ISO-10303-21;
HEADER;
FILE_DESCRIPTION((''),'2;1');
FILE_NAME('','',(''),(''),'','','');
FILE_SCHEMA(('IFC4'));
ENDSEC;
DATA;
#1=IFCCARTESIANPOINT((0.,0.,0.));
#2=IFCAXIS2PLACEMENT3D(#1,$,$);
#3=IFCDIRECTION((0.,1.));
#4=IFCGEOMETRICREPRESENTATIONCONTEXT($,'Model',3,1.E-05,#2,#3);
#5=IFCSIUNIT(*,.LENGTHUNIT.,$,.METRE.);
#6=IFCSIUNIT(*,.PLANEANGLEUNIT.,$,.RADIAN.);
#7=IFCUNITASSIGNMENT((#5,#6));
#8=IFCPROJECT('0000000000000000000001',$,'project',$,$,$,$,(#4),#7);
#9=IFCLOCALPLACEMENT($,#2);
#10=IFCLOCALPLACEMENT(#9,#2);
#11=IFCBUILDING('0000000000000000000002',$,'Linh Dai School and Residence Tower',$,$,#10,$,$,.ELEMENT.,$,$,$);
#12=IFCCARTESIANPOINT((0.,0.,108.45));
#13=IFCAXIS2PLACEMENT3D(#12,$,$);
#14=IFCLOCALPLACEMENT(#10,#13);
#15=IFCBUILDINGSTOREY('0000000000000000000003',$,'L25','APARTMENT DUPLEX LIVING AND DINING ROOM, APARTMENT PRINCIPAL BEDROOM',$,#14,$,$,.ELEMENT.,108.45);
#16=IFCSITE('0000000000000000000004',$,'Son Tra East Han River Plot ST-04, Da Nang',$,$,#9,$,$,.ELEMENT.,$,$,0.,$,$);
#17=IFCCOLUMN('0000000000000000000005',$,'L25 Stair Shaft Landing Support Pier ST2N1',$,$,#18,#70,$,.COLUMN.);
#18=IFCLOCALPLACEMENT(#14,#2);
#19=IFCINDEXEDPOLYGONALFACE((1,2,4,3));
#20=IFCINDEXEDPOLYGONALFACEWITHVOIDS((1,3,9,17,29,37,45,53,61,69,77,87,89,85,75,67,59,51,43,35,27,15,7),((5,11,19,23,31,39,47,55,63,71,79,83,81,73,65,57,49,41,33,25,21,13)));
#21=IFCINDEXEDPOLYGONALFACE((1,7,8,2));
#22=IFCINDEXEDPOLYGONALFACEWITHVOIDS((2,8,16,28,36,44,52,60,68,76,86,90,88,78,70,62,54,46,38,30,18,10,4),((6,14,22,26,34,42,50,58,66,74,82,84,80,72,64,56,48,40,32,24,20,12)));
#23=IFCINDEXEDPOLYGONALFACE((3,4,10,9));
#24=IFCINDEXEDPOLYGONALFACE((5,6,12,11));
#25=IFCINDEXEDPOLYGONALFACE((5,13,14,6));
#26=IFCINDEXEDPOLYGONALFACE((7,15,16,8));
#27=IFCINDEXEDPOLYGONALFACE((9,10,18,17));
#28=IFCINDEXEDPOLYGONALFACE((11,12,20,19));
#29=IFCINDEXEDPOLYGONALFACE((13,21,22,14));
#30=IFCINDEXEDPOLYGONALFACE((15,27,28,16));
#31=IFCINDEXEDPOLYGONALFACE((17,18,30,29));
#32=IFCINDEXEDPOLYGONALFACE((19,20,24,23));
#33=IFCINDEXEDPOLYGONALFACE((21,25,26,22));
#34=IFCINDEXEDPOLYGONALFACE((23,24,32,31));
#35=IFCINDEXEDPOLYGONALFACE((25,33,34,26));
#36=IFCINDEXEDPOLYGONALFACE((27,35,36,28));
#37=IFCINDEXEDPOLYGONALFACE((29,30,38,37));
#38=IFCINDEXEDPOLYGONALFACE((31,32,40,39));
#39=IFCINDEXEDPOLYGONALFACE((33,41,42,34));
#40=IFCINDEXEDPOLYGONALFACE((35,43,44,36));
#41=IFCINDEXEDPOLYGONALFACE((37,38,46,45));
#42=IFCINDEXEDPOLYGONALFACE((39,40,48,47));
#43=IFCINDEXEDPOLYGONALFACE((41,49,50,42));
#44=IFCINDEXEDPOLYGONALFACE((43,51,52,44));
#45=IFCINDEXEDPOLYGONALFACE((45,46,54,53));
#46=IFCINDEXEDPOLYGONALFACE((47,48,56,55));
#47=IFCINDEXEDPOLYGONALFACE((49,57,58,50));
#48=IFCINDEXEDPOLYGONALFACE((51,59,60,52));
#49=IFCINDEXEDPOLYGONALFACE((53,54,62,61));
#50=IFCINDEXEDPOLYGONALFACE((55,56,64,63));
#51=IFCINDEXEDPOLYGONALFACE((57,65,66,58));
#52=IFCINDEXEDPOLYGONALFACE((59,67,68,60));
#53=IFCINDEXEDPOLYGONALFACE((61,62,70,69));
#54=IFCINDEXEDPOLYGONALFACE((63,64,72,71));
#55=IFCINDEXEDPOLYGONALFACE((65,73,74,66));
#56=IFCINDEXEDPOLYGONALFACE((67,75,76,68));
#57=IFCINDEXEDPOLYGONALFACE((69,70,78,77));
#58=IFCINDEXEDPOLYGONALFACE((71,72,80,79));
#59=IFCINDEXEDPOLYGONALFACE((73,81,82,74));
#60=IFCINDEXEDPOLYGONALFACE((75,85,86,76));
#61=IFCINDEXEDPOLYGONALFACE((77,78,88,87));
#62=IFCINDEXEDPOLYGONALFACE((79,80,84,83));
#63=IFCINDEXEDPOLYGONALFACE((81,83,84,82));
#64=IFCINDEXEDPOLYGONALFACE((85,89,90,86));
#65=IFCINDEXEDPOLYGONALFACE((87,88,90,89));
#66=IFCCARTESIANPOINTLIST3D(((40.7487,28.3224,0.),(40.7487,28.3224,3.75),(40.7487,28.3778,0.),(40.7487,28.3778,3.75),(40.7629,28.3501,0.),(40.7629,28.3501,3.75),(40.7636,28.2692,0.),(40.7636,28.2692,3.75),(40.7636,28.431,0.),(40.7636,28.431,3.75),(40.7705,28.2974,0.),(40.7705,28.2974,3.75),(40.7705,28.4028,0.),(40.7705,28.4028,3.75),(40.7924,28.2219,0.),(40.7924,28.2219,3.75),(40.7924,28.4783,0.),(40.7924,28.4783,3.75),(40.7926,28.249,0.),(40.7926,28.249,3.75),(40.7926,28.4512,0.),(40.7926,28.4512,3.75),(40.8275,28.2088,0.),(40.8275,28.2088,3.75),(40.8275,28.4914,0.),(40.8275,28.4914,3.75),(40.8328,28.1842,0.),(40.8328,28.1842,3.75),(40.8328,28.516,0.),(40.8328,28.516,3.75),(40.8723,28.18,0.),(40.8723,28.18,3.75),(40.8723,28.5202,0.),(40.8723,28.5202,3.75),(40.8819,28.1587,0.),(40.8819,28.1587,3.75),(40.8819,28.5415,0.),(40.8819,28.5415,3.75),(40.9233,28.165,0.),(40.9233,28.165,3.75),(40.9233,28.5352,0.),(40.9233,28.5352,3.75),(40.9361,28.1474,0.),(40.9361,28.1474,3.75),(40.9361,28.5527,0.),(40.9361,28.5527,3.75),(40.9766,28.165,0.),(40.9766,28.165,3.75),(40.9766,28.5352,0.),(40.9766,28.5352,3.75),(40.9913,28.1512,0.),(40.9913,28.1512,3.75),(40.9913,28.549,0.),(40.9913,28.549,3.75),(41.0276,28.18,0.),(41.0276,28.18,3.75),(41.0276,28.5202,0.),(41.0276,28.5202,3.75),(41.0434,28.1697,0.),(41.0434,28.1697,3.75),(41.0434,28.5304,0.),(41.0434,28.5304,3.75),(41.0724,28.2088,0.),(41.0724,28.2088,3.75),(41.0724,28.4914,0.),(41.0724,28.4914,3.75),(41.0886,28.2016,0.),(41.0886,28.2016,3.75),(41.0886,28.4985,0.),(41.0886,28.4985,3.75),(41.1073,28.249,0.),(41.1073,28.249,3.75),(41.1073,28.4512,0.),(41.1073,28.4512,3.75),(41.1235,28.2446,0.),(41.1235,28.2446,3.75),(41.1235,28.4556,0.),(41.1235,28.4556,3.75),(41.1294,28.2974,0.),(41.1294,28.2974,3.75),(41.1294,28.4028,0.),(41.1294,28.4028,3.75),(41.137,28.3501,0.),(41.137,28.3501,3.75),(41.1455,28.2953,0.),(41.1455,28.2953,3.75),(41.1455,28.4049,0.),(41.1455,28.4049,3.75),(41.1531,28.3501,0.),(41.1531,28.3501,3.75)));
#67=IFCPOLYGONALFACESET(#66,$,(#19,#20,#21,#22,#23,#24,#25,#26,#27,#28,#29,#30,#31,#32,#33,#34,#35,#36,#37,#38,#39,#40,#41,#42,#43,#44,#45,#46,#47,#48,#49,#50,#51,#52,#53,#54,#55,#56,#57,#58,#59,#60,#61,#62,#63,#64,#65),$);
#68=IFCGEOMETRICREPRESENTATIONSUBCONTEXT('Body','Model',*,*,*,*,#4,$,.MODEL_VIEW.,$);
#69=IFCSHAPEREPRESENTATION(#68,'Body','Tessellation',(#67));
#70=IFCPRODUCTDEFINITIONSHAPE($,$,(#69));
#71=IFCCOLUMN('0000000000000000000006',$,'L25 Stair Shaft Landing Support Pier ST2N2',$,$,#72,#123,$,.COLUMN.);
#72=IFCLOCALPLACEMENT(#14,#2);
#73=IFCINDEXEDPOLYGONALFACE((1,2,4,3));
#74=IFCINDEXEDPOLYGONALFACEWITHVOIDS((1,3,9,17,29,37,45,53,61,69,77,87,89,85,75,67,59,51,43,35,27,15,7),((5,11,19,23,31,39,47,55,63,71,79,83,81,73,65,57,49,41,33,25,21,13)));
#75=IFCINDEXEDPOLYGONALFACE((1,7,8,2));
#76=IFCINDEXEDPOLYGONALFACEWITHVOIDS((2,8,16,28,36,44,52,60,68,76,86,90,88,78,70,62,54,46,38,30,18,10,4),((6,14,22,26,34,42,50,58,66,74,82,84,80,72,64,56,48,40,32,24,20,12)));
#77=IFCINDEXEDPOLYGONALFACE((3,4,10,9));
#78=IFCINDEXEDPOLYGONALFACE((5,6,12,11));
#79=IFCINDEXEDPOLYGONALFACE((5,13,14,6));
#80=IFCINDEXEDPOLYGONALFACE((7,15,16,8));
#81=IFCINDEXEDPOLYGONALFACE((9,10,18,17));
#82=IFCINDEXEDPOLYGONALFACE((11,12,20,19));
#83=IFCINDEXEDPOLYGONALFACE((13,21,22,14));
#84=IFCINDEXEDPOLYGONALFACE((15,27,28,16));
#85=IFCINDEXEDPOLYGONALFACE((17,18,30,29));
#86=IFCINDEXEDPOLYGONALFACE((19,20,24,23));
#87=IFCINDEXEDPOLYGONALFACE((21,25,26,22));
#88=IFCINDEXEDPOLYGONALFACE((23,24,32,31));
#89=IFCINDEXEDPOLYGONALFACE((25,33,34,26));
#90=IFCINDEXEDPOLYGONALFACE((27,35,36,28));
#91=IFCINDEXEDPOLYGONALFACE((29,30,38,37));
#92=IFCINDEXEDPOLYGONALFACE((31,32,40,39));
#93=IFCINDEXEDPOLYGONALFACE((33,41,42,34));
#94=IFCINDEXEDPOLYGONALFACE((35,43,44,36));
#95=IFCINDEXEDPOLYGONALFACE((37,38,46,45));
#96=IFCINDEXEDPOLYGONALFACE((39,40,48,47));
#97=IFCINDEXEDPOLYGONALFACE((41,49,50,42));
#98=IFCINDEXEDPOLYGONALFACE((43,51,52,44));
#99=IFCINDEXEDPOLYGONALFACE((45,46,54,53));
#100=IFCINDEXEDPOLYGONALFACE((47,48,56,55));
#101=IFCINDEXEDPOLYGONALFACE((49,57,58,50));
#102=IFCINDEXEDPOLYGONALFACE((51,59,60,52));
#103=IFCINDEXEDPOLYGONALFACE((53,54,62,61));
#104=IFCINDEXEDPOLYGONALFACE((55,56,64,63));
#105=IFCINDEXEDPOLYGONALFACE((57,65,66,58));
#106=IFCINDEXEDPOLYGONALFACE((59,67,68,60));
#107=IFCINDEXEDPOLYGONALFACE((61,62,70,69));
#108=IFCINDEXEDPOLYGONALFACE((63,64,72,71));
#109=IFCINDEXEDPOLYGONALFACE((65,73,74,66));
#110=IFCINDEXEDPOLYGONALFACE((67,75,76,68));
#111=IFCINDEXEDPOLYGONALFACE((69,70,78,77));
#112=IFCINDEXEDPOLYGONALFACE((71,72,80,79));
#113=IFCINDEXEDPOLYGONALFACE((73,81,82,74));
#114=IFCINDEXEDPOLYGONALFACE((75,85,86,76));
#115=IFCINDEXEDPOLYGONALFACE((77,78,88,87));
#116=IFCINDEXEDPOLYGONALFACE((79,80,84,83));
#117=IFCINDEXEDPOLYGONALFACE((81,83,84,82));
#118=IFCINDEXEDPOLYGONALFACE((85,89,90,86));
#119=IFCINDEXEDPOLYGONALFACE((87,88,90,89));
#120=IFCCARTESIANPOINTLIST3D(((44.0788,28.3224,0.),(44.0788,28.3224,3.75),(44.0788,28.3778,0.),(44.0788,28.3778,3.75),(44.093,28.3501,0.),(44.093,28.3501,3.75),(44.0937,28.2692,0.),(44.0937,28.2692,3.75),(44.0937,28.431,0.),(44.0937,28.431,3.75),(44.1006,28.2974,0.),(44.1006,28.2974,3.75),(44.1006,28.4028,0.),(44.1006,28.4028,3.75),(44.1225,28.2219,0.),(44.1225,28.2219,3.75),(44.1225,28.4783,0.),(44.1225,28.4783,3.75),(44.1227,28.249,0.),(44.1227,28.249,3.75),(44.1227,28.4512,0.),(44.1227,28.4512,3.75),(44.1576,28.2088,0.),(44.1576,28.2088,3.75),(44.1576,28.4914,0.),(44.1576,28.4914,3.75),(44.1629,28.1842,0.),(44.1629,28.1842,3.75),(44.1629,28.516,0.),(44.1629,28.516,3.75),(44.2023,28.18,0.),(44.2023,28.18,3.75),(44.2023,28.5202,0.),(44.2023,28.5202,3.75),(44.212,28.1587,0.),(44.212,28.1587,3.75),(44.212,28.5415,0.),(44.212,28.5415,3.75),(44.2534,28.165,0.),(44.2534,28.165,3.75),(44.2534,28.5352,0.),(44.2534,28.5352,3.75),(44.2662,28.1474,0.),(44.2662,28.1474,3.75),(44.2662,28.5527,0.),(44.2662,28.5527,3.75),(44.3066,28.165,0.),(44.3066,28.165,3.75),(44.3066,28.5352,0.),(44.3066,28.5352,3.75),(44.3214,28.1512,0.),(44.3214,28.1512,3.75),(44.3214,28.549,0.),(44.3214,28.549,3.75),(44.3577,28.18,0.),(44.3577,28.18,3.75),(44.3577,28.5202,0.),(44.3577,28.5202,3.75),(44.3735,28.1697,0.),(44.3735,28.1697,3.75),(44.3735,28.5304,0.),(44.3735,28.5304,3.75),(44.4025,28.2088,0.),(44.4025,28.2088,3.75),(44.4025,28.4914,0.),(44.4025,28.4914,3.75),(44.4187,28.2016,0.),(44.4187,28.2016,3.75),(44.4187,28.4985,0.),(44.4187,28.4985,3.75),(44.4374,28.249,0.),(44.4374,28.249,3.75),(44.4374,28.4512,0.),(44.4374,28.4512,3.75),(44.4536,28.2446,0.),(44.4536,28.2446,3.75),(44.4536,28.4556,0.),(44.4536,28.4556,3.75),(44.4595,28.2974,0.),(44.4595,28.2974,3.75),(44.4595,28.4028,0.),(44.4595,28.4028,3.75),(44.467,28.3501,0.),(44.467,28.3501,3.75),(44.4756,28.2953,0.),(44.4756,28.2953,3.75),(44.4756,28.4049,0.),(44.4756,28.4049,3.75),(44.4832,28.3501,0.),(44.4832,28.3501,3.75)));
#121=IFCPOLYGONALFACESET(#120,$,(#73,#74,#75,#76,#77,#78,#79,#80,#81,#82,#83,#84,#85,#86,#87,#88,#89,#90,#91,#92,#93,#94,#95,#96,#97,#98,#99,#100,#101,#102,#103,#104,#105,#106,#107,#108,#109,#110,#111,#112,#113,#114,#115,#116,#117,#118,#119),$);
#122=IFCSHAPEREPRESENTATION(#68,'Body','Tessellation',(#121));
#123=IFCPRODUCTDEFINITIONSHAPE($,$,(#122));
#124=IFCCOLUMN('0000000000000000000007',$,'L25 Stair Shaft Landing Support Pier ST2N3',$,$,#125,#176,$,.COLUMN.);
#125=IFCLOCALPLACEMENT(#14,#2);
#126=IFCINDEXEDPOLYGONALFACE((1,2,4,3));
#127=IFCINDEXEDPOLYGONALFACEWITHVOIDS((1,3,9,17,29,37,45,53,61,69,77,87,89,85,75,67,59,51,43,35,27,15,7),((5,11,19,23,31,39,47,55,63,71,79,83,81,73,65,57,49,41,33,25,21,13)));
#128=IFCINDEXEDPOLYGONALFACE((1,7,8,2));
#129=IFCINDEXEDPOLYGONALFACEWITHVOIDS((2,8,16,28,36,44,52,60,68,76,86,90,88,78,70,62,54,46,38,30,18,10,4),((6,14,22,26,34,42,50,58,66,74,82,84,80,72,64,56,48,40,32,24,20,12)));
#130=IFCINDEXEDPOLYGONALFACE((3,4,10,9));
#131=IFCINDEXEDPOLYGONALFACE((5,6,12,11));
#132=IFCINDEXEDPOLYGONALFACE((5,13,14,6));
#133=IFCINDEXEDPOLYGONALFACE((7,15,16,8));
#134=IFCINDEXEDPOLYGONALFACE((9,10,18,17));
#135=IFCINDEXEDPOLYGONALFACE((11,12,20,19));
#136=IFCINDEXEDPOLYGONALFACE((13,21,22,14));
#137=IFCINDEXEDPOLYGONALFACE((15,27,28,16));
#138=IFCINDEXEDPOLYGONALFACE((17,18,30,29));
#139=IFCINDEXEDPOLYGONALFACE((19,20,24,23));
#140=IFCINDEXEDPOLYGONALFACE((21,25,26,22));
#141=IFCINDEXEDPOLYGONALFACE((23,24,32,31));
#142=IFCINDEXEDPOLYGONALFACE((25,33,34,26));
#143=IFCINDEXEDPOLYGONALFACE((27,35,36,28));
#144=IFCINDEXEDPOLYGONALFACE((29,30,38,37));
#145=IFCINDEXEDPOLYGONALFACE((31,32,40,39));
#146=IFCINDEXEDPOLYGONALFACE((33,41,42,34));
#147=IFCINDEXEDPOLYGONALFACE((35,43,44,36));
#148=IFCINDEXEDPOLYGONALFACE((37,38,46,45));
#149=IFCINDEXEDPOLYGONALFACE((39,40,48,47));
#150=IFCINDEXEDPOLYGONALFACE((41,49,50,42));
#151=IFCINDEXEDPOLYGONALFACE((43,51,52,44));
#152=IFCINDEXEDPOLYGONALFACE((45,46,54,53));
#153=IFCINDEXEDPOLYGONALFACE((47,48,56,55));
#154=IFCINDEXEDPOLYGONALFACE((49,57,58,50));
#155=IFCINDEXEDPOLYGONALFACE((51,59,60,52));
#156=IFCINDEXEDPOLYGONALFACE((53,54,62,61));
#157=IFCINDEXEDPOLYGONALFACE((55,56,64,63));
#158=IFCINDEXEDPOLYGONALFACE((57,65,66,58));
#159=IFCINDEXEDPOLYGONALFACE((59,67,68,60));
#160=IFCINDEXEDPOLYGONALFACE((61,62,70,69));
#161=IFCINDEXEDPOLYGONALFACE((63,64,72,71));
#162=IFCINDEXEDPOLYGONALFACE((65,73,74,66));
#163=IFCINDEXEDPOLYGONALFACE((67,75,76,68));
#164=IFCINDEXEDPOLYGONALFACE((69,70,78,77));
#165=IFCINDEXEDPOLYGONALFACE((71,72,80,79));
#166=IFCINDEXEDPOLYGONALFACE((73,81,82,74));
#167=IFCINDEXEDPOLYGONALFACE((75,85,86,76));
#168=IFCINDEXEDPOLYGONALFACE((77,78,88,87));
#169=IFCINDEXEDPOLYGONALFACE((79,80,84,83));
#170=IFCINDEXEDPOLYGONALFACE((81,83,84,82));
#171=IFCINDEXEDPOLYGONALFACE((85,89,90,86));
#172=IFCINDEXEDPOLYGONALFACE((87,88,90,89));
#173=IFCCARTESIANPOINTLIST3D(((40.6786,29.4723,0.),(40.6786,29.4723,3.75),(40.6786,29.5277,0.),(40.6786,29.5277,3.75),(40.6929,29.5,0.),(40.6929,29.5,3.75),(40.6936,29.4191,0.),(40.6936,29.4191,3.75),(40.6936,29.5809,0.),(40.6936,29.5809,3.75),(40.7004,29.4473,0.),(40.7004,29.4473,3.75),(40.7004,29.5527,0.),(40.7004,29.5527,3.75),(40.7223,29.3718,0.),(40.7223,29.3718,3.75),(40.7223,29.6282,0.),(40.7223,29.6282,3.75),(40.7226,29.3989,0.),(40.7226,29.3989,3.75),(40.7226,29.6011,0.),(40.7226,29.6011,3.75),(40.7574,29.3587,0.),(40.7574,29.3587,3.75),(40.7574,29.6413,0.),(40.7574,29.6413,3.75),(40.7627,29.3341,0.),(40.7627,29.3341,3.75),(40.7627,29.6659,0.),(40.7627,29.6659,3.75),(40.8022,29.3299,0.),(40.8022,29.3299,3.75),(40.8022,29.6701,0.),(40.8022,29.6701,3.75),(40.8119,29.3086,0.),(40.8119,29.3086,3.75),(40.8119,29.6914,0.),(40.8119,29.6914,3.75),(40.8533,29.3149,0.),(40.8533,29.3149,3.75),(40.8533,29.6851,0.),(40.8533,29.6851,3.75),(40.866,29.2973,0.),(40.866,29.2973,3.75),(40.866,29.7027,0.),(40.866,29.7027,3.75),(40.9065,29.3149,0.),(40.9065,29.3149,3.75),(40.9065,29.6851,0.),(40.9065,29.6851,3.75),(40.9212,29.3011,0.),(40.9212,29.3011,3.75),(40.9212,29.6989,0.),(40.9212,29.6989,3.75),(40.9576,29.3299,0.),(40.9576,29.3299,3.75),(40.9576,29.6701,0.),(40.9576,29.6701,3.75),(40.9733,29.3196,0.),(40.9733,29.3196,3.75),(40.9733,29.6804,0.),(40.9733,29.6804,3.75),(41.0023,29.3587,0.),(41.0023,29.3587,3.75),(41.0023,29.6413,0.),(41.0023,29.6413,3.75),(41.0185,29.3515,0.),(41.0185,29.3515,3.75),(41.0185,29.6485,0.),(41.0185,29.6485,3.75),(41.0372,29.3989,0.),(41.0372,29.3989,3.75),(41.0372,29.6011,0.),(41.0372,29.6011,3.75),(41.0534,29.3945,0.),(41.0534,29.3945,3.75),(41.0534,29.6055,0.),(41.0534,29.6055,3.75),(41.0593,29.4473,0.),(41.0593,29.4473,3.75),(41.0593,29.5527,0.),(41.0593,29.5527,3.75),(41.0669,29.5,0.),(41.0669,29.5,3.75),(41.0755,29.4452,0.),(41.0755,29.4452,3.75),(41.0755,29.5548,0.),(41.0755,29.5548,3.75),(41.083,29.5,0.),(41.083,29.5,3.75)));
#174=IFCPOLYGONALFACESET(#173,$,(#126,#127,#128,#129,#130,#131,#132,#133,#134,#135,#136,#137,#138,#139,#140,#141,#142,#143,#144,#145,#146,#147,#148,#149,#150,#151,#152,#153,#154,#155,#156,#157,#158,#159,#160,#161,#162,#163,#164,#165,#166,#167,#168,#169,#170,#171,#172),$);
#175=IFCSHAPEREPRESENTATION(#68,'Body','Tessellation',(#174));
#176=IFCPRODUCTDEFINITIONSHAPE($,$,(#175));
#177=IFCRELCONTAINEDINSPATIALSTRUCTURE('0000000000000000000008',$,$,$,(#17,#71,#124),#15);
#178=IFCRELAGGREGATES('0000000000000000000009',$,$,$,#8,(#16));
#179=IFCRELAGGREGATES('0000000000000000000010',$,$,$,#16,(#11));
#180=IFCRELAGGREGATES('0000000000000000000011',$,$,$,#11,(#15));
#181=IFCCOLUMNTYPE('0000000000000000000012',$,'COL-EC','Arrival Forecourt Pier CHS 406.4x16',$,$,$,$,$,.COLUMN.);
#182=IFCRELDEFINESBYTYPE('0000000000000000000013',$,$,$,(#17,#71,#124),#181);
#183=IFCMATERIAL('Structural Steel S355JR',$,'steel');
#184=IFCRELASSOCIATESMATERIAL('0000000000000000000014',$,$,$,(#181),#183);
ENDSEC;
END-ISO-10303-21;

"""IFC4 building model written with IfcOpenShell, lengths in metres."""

from ifc_helpers import new_model, si_unit, direction, frame, origin, origin_2d, place, context, subcontext, project, spatial, hollow_circle, extrude, material, material_profile, profile_set, type_object, element, save


model = new_model("IFC4")

# Units and contexts
model_context = context("Model", 3, precision=1e-05, world=origin(), true_north=direction((0.0, 1.0)))
body_context = subcontext(model_context, "Body", "Model", "MODEL_VIEW")
ifc_project = project(units=[si_unit("LENGTHUNIT", "METRE"), si_unit("PLANEANGLEUNIT", "RADIAN")], contexts=[model_context])

# Site, building, storey
site_placement = place(None, origin())
site = spatial("IfcSite", under=ifc_project, at=site_placement, Name="Son Tra East Han River Plot ST-04, Da Nang", CompositionType="ELEMENT", RefElevation=0.0)
building_placement = place(site_placement, origin())
building = spatial("IfcBuilding", under=site, at=building_placement, Name="Linh Dai School and Residence Tower", CompositionType="ELEMENT")
storey_placement = place(building_placement, frame((0.0, 0.0, 108.45)))
storey = spatial("IfcBuildingStorey", under=building, at=storey_placement, Name="L25", Description="APARTMENT DUPLEX LIVING AND DINING ROOM, APARTMENT PRINCIPAL BEDROOM", CompositionType="ELEMENT", Elevation=108.45)

# Columns
ifc_material_1 = material(Name="Structural Steel S355JR", Category="steel")
ifc_material_profile_1 = material_profile(ifc_material_1, hollow_circle(Radius=0.2031, WallThickness=0.0161, at=origin_2d()), Name="CHS 406.4x16")
ifc_profile_set_1 = profile_set([ifc_material_profile_1], Name="Structural Steel S355JR")
column_type_1 = type_object("IfcColumnType", Name="COL-EC", Description="Arrival Forecourt Pier CHS 406.4x16", PredefinedType="COLUMN", material=ifc_profile_set_1)
for number, where, z_axis, x_axis, name in (
    (1, (40.95, 28.3501, 0.0), (0.0, 0.0, 1.0), (1.0, 0.0, 0.0), "L25 Stair Shaft Landing Support Pier ST2N1"),
    (2, (44.28, 28.3501, 0.0), (0.0, 0.0, 1.0), (1.0, 0.0, 0.0), "L25 Stair Shaft Landing Support Pier ST2N2"),
    (3, (40.8799, 29.5, 0.0), (0.0, 0.0, 1.0), (1.0, 0.0, 0.0), "L25 Stair Shaft Landing Support Pier ST2N3"),
):
    element("IfcColumn", number, at=place(storey_placement, frame(where, z_axis=z_axis, x_axis=x_axis)), inside=storey, type_object=column_type_1, Name=name, PredefinedType="COLUMN", context=body_context, shape_type="SweptSolid", body=[
        extrude(hollow_circle(Radius=0.2031, WallThickness=0.0161, at=origin_2d()), origin(), (0.0, 0.0, 1.0), 3.75),
    ])

save(model, "model.ifc")
